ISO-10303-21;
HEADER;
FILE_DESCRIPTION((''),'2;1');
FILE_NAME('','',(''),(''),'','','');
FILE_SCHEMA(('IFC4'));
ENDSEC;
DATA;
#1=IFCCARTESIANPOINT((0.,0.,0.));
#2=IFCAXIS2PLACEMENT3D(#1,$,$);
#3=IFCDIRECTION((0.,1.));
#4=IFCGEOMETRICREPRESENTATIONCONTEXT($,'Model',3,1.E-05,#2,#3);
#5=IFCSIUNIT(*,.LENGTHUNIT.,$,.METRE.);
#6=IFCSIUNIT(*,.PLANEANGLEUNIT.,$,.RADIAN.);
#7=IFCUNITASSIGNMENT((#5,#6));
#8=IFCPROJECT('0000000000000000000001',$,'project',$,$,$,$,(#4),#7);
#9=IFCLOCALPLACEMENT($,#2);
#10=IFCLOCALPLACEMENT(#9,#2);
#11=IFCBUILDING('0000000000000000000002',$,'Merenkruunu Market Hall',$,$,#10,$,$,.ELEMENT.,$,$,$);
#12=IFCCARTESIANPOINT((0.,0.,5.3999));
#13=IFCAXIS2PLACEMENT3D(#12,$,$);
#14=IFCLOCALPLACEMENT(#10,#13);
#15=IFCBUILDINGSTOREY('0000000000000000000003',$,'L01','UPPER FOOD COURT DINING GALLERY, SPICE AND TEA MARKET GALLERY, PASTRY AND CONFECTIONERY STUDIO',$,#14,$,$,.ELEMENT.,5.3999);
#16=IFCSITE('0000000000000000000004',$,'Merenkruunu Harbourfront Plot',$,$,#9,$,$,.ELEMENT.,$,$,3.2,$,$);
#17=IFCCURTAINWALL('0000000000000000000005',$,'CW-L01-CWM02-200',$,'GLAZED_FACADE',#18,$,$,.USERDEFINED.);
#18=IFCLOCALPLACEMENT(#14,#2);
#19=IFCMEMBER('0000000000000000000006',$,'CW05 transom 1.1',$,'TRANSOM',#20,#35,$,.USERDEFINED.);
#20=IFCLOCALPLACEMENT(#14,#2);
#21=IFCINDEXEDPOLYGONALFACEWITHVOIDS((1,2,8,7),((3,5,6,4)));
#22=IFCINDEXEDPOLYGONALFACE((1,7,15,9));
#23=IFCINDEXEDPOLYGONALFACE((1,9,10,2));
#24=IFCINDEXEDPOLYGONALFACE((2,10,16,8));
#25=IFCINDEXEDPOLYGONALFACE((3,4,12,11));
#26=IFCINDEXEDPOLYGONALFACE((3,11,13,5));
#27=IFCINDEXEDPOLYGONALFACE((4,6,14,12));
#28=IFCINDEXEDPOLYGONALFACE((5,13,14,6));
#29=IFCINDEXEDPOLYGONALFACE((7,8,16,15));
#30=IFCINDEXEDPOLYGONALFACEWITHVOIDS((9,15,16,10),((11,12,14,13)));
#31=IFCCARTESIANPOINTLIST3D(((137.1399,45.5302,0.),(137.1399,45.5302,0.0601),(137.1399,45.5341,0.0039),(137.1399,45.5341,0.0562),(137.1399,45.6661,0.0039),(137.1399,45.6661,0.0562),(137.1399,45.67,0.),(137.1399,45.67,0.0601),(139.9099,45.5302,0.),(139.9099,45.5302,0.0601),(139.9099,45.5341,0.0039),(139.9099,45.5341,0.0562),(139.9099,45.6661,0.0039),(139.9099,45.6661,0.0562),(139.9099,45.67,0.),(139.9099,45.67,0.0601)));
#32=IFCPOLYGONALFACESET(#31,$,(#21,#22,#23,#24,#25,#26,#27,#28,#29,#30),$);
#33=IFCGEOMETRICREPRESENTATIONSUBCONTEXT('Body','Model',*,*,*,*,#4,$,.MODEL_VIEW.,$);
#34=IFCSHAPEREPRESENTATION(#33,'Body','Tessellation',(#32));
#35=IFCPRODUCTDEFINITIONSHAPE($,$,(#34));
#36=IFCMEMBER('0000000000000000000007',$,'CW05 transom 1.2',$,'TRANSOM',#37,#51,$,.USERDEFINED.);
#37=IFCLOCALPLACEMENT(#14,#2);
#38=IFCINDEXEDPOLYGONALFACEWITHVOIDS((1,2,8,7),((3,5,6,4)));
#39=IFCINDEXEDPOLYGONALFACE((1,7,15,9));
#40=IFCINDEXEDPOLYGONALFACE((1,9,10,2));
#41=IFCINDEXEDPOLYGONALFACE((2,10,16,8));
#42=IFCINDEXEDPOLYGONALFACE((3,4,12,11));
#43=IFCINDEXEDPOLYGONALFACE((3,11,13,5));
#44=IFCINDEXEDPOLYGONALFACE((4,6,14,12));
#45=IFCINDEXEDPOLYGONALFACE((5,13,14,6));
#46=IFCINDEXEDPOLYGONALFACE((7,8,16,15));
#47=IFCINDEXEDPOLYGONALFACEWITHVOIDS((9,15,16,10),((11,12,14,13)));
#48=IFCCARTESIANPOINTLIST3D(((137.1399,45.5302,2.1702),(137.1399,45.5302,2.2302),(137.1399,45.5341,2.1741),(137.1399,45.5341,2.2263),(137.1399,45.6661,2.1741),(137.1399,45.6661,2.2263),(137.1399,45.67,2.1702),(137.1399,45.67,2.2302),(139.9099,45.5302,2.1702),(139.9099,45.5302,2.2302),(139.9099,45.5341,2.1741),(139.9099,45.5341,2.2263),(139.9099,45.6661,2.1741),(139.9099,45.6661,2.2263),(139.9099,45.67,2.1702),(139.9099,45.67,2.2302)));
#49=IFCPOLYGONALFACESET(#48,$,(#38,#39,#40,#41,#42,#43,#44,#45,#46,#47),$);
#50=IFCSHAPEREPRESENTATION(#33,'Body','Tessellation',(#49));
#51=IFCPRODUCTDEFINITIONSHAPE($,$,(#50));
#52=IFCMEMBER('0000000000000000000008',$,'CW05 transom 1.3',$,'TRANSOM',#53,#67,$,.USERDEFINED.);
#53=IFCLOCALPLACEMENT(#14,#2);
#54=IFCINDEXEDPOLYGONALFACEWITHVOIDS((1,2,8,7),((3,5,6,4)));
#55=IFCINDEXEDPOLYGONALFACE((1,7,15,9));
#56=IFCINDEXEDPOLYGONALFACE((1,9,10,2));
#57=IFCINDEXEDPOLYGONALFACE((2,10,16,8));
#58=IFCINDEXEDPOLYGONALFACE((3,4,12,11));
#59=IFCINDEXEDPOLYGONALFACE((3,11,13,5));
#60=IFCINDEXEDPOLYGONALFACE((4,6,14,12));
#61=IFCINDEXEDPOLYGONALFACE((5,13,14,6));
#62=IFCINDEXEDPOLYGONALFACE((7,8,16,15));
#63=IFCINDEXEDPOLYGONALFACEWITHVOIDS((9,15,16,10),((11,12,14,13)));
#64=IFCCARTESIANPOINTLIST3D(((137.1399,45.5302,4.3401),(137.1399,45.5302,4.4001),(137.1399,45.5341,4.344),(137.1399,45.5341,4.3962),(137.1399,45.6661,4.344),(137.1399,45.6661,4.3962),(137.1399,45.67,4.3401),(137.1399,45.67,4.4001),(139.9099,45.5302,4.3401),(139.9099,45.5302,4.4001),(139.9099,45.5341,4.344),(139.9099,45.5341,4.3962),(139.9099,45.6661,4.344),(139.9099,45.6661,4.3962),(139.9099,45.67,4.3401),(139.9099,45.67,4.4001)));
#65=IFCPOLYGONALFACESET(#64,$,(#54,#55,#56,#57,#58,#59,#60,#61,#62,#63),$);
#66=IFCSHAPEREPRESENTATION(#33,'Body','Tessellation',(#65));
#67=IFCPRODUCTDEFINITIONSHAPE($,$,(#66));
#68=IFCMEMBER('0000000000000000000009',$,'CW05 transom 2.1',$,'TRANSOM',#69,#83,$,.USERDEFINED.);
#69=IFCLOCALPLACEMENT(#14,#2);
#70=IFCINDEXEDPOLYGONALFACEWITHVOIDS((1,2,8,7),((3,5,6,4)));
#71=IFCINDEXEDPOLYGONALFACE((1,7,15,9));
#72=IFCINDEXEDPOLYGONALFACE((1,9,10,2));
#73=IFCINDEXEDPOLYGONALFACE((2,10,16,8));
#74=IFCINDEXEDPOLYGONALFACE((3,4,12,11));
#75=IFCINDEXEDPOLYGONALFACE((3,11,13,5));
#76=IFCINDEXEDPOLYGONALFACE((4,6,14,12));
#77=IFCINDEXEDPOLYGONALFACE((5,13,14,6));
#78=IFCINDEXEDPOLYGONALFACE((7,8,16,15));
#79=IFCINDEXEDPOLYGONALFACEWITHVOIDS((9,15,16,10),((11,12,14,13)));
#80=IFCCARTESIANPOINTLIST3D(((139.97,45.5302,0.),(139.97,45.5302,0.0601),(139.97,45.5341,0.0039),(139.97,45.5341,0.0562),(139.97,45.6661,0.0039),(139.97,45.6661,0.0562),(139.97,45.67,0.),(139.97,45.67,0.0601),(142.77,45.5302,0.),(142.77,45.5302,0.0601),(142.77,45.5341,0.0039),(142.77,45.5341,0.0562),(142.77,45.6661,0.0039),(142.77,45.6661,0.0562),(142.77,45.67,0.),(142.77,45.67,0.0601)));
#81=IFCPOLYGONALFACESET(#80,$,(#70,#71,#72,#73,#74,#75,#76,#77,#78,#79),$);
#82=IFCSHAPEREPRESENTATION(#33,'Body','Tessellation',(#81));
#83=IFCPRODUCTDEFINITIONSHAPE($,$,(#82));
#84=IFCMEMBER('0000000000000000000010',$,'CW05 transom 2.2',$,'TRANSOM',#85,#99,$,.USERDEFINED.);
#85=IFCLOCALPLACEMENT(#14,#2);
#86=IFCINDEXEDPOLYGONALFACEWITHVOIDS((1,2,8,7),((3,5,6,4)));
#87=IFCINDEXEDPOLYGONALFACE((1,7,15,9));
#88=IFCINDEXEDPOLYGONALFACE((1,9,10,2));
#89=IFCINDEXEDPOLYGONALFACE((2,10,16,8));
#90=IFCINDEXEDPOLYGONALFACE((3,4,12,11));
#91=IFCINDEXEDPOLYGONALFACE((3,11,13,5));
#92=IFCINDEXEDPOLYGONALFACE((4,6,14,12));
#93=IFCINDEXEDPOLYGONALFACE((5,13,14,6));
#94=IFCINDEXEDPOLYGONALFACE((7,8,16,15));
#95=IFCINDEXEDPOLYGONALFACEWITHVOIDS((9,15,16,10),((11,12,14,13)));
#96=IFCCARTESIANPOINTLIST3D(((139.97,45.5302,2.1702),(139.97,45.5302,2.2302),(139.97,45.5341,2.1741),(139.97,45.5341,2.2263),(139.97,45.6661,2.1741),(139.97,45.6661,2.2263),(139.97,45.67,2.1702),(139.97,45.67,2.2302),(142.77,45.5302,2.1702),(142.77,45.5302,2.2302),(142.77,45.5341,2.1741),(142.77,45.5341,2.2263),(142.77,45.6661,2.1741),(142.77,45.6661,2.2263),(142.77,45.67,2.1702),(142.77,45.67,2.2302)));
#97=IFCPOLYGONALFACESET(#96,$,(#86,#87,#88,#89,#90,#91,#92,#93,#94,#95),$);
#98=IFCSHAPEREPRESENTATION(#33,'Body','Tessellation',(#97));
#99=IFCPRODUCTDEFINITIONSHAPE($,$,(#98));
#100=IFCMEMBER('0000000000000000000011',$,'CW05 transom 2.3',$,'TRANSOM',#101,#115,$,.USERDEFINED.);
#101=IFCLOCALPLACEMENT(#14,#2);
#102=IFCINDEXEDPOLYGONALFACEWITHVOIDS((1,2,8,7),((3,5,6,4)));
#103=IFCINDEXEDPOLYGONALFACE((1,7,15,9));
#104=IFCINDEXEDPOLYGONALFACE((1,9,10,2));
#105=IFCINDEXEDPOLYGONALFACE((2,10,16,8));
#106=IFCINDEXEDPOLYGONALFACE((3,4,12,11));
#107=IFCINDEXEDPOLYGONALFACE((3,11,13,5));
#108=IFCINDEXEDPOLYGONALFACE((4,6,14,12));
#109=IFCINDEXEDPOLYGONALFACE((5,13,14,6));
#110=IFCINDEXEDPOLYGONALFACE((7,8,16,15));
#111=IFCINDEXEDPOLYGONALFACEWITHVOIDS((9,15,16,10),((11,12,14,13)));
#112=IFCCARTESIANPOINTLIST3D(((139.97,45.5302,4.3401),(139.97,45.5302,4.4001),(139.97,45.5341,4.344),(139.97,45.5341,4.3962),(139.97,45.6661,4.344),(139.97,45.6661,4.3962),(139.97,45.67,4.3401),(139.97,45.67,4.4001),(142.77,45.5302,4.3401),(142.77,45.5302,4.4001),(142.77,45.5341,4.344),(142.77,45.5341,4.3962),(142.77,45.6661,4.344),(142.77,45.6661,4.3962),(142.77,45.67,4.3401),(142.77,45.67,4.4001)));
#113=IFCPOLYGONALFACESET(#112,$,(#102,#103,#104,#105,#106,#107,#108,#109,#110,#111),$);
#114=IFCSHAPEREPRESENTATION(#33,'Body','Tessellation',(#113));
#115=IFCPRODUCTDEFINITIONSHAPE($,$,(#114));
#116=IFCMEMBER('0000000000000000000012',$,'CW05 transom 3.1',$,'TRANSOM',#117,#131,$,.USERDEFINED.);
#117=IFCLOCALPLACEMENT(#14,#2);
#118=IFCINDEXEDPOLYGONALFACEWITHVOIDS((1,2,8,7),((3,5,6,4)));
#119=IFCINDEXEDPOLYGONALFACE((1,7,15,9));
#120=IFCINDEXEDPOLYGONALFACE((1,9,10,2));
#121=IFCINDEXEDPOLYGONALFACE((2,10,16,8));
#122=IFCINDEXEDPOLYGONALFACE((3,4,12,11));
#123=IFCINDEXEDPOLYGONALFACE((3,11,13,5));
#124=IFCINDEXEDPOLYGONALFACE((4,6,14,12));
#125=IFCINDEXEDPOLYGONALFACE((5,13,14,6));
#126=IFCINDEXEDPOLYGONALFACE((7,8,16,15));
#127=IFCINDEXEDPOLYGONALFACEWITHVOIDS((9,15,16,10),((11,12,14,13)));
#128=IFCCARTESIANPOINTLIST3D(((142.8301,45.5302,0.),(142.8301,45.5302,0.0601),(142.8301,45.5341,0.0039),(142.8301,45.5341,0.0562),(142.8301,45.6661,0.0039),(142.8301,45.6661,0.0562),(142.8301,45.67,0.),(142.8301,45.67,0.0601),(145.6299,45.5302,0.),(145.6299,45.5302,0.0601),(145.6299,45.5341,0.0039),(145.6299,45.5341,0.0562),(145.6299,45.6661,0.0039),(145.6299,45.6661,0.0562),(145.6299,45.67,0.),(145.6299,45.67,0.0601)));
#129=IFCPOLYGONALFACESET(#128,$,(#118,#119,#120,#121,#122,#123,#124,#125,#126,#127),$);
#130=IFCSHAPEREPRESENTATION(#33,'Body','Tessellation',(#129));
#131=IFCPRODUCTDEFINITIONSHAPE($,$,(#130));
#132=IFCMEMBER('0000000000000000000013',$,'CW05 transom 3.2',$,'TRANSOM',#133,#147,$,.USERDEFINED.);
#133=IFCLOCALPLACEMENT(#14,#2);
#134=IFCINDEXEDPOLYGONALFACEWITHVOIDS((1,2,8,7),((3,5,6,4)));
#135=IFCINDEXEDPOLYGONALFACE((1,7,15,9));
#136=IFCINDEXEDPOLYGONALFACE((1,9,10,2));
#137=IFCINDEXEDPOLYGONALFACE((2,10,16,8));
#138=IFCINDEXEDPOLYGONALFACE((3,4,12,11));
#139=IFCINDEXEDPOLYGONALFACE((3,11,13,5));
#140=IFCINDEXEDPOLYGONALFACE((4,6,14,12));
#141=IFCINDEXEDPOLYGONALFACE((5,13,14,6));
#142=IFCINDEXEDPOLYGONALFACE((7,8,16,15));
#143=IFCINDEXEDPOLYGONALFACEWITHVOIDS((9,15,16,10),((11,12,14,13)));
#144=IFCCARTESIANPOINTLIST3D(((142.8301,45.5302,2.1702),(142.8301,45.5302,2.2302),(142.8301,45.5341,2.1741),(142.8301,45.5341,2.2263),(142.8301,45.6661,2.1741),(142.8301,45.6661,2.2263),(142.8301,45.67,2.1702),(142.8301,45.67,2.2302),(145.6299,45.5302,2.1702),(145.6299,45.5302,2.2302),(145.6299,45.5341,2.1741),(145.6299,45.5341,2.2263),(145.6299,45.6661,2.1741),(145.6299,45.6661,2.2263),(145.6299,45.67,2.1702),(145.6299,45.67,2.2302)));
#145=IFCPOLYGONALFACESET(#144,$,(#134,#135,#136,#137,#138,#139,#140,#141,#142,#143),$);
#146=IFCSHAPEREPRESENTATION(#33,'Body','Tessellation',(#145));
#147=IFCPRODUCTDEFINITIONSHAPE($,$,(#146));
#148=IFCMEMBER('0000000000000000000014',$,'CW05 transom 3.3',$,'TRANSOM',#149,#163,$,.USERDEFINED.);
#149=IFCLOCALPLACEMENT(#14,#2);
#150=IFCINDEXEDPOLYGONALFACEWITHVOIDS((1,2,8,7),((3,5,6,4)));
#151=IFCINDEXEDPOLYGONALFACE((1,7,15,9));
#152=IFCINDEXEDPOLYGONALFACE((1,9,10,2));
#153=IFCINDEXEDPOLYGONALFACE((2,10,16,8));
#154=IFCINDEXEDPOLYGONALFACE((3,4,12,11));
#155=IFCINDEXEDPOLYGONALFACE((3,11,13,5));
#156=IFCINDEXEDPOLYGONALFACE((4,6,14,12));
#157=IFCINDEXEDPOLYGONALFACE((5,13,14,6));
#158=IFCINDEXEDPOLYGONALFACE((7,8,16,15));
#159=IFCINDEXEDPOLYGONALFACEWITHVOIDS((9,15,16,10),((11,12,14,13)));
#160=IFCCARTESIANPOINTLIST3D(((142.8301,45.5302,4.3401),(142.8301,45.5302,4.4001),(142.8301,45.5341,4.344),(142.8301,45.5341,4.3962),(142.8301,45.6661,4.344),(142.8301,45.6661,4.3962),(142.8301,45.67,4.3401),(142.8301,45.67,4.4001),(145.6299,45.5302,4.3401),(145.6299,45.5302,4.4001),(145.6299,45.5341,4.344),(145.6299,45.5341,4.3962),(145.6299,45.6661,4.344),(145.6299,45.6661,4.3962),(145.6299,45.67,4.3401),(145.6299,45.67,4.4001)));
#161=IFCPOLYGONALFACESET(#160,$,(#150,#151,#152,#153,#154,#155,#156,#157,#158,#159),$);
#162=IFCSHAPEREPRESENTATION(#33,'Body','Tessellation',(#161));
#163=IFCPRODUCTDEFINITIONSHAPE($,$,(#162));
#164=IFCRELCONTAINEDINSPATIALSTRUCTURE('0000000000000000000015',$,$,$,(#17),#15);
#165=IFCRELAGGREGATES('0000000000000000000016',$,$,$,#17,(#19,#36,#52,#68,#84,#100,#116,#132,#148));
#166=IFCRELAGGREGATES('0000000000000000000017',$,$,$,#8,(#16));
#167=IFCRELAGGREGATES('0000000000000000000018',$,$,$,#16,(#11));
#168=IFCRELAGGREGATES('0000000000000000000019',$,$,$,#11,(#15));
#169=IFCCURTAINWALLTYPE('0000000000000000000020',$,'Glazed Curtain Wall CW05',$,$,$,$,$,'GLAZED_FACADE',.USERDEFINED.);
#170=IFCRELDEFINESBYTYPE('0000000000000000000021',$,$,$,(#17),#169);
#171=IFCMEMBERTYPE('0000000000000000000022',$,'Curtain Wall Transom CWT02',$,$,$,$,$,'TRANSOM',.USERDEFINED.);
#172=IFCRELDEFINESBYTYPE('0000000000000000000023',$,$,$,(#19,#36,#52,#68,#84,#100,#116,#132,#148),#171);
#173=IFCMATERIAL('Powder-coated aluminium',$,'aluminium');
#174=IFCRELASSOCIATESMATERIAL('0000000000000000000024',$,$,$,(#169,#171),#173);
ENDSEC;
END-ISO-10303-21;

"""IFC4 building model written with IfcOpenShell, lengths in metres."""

from ifc_helpers import new_model, si_unit, direction, frame, origin, origin_2d, place, context, subcontext, project, spatial, hollow_rectangle, extrude, material, material_profile, profile_set, type_object, element, aggregate, save


model = new_model("IFC4")

# Units and contexts
model_context = context("Model", 3, precision=1e-05, world=origin(), true_north=direction((0.0, 1.0)))
body_context = subcontext(model_context, "Body", "Model", "MODEL_VIEW")
ifc_project = project(units=[si_unit("LENGTHUNIT", "METRE"), si_unit("PLANEANGLEUNIT", "RADIAN")], contexts=[model_context])

# Site, building, storey
site_placement = place(None, origin())
site = spatial("IfcSite", under=ifc_project, at=site_placement, Name="Merenkruunu Harbourfront Plot", CompositionType="ELEMENT", RefElevation=3.2)
building_placement = place(site_placement, origin())
building = spatial("IfcBuilding", under=site, at=building_placement, Name="Merenkruunu Market Hall", CompositionType="ELEMENT")
storey_placement = place(building_placement, frame((0.0, 0.0, 5.3999)))
storey = spatial("IfcBuildingStorey", under=building, at=storey_placement, Name="L01", Description="UPPER FOOD COURT DINING GALLERY, SPICE AND TEA MARKET GALLERY, PASTRY AND CONFECTIONERY STUDIO", CompositionType="ELEMENT", Elevation=5.3999)

# Curtain wall
ifc_material_1 = material(Name="Powder-coated aluminium", Category="aluminium")
curtain_wall_type = type_object("IfcCurtainWallType", Name="Glazed Curtain Wall CW05", ElementType="GLAZED_FACADE", PredefinedType="USERDEFINED", material=ifc_material_1)
curtain_wall_1_placement = place(storey_placement, origin())
curtain_wall_1 = element("IfcCurtainWall", 1, at=curtain_wall_1_placement, inside=storey, type_object=curtain_wall_type, Name="CW-L01-CWM02-200", ObjectType="GLAZED_FACADE", PredefinedType="USERDEFINED")

# Members
ifc_material_profile_1 = material_profile(ifc_material_1, hollow_rectangle(XDim=0.0601, YDim=0.1399, WallThickness=0.0039, at=origin_2d()), Name="ALU 60x140x4")
ifc_profile_set_1 = profile_set([ifc_material_profile_1], Name="Powder-coated aluminium")
member_type_1 = type_object("IfcMemberType", Name="Curtain Wall Transom CWT02", ElementType="TRANSOM", PredefinedType="USERDEFINED", material=ifc_profile_set_1)
member_1_placement = place(storey_placement, frame((137.1399, 45.6001, 0.03), z_axis=(1.0, 0.0, 0.0), x_axis=(0.0, 0.0, 1.0)))
member_1 = element("IfcMember", 2, at=member_1_placement, type_object=member_type_1, Name="CW05 transom 1.1", ObjectType="TRANSOM", PredefinedType="USERDEFINED", context=body_context, shape_type="SweptSolid", body=[
    extrude(hollow_rectangle(XDim=0.0601, YDim=0.1399, WallThickness=0.0039, at=origin_2d()), origin(), (0.0, 0.0, 1.0), 2.77),
])
member_2_placement = place(storey_placement, frame((137.1399, 45.6001, 2.2002), z_axis=(1.0, 0.0, 0.0), x_axis=(0.0, 0.0, 1.0)))
member_2 = element("IfcMember", 3, at=member_2_placement, type_object=member_type_1, Name="CW05 transom 1.2", ObjectType="TRANSOM", PredefinedType="USERDEFINED", context=body_context, shape_type="SweptSolid", body=[
    extrude(hollow_rectangle(XDim=0.0601, YDim=0.1399, WallThickness=0.0039, at=origin_2d()), origin(), (0.0, 0.0, 1.0), 2.77),
])
member_3_placement = place(storey_placement, frame((137.1399, 45.6001, 4.3701), z_axis=(1.0, 0.0, 0.0), x_axis=(0.0, 0.0, 1.0)))
member_3 = element("IfcMember", 4, at=member_3_placement, type_object=member_type_1, Name="CW05 transom 1.3", ObjectType="TRANSOM", PredefinedType="USERDEFINED", context=body_context, shape_type="SweptSolid", body=[
    extrude(hollow_rectangle(XDim=0.0601, YDim=0.1399, WallThickness=0.0039, at=origin_2d()), origin(), (0.0, 0.0, 1.0), 2.77),
])
member_4_placement = place(storey_placement, frame((139.97, 45.6001, 0.03), z_axis=(1.0, 0.0, 0.0), x_axis=(0.0, 0.0, 1.0)))
member_4 = element("IfcMember", 5, at=member_4_placement, type_object=member_type_1, Name="CW05 transom 2.1", ObjectType="TRANSOM", PredefinedType="USERDEFINED", context=body_context, shape_type="SweptSolid", body=[
    extrude(hollow_rectangle(XDim=0.0601, YDim=0.1399, WallThickness=0.0039, at=origin_2d()), origin(), (0.0, 0.0, 1.0), 2.8),
])
member_5_placement = place(storey_placement, frame((139.97, 45.6001, 2.2002), z_axis=(1.0, 0.0, 0.0), x_axis=(0.0, 0.0, 1.0)))
member_5 = element("IfcMember", 6, at=member_5_placement, type_object=member_type_1, Name="CW05 transom 2.2", ObjectType="TRANSOM", PredefinedType="USERDEFINED", context=body_context, shape_type="SweptSolid", body=[
    extrude(hollow_rectangle(XDim=0.0601, YDim=0.1399, WallThickness=0.0039, at=origin_2d()), origin(), (0.0, 0.0, 1.0), 2.8),
])
member_6_placement = place(storey_placement, frame((139.97, 45.6001, 4.3701), z_axis=(1.0, 0.0, 0.0), x_axis=(0.0, 0.0, 1.0)))
member_6 = element("IfcMember", 7, at=member_6_placement, type_object=member_type_1, Name="CW05 transom 2.3", ObjectType="TRANSOM", PredefinedType="USERDEFINED", context=body_context, shape_type="SweptSolid", body=[
    extrude(hollow_rectangle(XDim=0.0601, YDim=0.1399, WallThickness=0.0039, at=origin_2d()), origin(), (0.0, 0.0, 1.0), 2.8),
])
member_7_placement = place(storey_placement, frame((142.8301, 45.6001, 0.03), z_axis=(1.0, 0.0, 0.0), x_axis=(0.0, 0.0, 1.0)))
member_7 = element("IfcMember", 8, at=member_7_placement, type_object=member_type_1, Name="CW05 transom 3.1", ObjectType="TRANSOM", PredefinedType="USERDEFINED", context=body_context, shape_type="SweptSolid", body=[
    extrude(hollow_rectangle(XDim=0.0601, YDim=0.1399, WallThickness=0.0039, at=origin_2d()), origin(), (0.0, 0.0, 1.0), 2.7998),
])
member_8_placement = place(storey_placement, frame((142.8301, 45.6001, 2.2002), z_axis=(1.0, 0.0, 0.0), x_axis=(0.0, 0.0, 1.0)))
member_8 = element("IfcMember", 9, at=member_8_placement, type_object=member_type_1, Name="CW05 transom 3.2", ObjectType="TRANSOM", PredefinedType="USERDEFINED", context=body_context, shape_type="SweptSolid", body=[
    extrude(hollow_rectangle(XDim=0.0601, YDim=0.1399, WallThickness=0.0039, at=origin_2d()), origin(), (0.0, 0.0, 1.0), 2.7998),
])
member_9_placement = place(storey_placement, frame((142.8301, 45.6001, 4.3701), z_axis=(1.0, 0.0, 0.0), x_axis=(0.0, 0.0, 1.0)))
member_9 = element("IfcMember", 10, at=member_9_placement, type_object=member_type_1, Name="CW05 transom 3.3", ObjectType="TRANSOM", PredefinedType="USERDEFINED", context=body_context, shape_type="SweptSolid", body=[
    extrude(hollow_rectangle(XDim=0.0601, YDim=0.1399, WallThickness=0.0039, at=origin_2d()), origin(), (0.0, 0.0, 1.0), 2.7998),
])

aggregate(curtain_wall_1, [member_1, member_2, member_3, member_4, member_5, member_6, member_7, member_8, member_9])

save(model, "model.ifc")
